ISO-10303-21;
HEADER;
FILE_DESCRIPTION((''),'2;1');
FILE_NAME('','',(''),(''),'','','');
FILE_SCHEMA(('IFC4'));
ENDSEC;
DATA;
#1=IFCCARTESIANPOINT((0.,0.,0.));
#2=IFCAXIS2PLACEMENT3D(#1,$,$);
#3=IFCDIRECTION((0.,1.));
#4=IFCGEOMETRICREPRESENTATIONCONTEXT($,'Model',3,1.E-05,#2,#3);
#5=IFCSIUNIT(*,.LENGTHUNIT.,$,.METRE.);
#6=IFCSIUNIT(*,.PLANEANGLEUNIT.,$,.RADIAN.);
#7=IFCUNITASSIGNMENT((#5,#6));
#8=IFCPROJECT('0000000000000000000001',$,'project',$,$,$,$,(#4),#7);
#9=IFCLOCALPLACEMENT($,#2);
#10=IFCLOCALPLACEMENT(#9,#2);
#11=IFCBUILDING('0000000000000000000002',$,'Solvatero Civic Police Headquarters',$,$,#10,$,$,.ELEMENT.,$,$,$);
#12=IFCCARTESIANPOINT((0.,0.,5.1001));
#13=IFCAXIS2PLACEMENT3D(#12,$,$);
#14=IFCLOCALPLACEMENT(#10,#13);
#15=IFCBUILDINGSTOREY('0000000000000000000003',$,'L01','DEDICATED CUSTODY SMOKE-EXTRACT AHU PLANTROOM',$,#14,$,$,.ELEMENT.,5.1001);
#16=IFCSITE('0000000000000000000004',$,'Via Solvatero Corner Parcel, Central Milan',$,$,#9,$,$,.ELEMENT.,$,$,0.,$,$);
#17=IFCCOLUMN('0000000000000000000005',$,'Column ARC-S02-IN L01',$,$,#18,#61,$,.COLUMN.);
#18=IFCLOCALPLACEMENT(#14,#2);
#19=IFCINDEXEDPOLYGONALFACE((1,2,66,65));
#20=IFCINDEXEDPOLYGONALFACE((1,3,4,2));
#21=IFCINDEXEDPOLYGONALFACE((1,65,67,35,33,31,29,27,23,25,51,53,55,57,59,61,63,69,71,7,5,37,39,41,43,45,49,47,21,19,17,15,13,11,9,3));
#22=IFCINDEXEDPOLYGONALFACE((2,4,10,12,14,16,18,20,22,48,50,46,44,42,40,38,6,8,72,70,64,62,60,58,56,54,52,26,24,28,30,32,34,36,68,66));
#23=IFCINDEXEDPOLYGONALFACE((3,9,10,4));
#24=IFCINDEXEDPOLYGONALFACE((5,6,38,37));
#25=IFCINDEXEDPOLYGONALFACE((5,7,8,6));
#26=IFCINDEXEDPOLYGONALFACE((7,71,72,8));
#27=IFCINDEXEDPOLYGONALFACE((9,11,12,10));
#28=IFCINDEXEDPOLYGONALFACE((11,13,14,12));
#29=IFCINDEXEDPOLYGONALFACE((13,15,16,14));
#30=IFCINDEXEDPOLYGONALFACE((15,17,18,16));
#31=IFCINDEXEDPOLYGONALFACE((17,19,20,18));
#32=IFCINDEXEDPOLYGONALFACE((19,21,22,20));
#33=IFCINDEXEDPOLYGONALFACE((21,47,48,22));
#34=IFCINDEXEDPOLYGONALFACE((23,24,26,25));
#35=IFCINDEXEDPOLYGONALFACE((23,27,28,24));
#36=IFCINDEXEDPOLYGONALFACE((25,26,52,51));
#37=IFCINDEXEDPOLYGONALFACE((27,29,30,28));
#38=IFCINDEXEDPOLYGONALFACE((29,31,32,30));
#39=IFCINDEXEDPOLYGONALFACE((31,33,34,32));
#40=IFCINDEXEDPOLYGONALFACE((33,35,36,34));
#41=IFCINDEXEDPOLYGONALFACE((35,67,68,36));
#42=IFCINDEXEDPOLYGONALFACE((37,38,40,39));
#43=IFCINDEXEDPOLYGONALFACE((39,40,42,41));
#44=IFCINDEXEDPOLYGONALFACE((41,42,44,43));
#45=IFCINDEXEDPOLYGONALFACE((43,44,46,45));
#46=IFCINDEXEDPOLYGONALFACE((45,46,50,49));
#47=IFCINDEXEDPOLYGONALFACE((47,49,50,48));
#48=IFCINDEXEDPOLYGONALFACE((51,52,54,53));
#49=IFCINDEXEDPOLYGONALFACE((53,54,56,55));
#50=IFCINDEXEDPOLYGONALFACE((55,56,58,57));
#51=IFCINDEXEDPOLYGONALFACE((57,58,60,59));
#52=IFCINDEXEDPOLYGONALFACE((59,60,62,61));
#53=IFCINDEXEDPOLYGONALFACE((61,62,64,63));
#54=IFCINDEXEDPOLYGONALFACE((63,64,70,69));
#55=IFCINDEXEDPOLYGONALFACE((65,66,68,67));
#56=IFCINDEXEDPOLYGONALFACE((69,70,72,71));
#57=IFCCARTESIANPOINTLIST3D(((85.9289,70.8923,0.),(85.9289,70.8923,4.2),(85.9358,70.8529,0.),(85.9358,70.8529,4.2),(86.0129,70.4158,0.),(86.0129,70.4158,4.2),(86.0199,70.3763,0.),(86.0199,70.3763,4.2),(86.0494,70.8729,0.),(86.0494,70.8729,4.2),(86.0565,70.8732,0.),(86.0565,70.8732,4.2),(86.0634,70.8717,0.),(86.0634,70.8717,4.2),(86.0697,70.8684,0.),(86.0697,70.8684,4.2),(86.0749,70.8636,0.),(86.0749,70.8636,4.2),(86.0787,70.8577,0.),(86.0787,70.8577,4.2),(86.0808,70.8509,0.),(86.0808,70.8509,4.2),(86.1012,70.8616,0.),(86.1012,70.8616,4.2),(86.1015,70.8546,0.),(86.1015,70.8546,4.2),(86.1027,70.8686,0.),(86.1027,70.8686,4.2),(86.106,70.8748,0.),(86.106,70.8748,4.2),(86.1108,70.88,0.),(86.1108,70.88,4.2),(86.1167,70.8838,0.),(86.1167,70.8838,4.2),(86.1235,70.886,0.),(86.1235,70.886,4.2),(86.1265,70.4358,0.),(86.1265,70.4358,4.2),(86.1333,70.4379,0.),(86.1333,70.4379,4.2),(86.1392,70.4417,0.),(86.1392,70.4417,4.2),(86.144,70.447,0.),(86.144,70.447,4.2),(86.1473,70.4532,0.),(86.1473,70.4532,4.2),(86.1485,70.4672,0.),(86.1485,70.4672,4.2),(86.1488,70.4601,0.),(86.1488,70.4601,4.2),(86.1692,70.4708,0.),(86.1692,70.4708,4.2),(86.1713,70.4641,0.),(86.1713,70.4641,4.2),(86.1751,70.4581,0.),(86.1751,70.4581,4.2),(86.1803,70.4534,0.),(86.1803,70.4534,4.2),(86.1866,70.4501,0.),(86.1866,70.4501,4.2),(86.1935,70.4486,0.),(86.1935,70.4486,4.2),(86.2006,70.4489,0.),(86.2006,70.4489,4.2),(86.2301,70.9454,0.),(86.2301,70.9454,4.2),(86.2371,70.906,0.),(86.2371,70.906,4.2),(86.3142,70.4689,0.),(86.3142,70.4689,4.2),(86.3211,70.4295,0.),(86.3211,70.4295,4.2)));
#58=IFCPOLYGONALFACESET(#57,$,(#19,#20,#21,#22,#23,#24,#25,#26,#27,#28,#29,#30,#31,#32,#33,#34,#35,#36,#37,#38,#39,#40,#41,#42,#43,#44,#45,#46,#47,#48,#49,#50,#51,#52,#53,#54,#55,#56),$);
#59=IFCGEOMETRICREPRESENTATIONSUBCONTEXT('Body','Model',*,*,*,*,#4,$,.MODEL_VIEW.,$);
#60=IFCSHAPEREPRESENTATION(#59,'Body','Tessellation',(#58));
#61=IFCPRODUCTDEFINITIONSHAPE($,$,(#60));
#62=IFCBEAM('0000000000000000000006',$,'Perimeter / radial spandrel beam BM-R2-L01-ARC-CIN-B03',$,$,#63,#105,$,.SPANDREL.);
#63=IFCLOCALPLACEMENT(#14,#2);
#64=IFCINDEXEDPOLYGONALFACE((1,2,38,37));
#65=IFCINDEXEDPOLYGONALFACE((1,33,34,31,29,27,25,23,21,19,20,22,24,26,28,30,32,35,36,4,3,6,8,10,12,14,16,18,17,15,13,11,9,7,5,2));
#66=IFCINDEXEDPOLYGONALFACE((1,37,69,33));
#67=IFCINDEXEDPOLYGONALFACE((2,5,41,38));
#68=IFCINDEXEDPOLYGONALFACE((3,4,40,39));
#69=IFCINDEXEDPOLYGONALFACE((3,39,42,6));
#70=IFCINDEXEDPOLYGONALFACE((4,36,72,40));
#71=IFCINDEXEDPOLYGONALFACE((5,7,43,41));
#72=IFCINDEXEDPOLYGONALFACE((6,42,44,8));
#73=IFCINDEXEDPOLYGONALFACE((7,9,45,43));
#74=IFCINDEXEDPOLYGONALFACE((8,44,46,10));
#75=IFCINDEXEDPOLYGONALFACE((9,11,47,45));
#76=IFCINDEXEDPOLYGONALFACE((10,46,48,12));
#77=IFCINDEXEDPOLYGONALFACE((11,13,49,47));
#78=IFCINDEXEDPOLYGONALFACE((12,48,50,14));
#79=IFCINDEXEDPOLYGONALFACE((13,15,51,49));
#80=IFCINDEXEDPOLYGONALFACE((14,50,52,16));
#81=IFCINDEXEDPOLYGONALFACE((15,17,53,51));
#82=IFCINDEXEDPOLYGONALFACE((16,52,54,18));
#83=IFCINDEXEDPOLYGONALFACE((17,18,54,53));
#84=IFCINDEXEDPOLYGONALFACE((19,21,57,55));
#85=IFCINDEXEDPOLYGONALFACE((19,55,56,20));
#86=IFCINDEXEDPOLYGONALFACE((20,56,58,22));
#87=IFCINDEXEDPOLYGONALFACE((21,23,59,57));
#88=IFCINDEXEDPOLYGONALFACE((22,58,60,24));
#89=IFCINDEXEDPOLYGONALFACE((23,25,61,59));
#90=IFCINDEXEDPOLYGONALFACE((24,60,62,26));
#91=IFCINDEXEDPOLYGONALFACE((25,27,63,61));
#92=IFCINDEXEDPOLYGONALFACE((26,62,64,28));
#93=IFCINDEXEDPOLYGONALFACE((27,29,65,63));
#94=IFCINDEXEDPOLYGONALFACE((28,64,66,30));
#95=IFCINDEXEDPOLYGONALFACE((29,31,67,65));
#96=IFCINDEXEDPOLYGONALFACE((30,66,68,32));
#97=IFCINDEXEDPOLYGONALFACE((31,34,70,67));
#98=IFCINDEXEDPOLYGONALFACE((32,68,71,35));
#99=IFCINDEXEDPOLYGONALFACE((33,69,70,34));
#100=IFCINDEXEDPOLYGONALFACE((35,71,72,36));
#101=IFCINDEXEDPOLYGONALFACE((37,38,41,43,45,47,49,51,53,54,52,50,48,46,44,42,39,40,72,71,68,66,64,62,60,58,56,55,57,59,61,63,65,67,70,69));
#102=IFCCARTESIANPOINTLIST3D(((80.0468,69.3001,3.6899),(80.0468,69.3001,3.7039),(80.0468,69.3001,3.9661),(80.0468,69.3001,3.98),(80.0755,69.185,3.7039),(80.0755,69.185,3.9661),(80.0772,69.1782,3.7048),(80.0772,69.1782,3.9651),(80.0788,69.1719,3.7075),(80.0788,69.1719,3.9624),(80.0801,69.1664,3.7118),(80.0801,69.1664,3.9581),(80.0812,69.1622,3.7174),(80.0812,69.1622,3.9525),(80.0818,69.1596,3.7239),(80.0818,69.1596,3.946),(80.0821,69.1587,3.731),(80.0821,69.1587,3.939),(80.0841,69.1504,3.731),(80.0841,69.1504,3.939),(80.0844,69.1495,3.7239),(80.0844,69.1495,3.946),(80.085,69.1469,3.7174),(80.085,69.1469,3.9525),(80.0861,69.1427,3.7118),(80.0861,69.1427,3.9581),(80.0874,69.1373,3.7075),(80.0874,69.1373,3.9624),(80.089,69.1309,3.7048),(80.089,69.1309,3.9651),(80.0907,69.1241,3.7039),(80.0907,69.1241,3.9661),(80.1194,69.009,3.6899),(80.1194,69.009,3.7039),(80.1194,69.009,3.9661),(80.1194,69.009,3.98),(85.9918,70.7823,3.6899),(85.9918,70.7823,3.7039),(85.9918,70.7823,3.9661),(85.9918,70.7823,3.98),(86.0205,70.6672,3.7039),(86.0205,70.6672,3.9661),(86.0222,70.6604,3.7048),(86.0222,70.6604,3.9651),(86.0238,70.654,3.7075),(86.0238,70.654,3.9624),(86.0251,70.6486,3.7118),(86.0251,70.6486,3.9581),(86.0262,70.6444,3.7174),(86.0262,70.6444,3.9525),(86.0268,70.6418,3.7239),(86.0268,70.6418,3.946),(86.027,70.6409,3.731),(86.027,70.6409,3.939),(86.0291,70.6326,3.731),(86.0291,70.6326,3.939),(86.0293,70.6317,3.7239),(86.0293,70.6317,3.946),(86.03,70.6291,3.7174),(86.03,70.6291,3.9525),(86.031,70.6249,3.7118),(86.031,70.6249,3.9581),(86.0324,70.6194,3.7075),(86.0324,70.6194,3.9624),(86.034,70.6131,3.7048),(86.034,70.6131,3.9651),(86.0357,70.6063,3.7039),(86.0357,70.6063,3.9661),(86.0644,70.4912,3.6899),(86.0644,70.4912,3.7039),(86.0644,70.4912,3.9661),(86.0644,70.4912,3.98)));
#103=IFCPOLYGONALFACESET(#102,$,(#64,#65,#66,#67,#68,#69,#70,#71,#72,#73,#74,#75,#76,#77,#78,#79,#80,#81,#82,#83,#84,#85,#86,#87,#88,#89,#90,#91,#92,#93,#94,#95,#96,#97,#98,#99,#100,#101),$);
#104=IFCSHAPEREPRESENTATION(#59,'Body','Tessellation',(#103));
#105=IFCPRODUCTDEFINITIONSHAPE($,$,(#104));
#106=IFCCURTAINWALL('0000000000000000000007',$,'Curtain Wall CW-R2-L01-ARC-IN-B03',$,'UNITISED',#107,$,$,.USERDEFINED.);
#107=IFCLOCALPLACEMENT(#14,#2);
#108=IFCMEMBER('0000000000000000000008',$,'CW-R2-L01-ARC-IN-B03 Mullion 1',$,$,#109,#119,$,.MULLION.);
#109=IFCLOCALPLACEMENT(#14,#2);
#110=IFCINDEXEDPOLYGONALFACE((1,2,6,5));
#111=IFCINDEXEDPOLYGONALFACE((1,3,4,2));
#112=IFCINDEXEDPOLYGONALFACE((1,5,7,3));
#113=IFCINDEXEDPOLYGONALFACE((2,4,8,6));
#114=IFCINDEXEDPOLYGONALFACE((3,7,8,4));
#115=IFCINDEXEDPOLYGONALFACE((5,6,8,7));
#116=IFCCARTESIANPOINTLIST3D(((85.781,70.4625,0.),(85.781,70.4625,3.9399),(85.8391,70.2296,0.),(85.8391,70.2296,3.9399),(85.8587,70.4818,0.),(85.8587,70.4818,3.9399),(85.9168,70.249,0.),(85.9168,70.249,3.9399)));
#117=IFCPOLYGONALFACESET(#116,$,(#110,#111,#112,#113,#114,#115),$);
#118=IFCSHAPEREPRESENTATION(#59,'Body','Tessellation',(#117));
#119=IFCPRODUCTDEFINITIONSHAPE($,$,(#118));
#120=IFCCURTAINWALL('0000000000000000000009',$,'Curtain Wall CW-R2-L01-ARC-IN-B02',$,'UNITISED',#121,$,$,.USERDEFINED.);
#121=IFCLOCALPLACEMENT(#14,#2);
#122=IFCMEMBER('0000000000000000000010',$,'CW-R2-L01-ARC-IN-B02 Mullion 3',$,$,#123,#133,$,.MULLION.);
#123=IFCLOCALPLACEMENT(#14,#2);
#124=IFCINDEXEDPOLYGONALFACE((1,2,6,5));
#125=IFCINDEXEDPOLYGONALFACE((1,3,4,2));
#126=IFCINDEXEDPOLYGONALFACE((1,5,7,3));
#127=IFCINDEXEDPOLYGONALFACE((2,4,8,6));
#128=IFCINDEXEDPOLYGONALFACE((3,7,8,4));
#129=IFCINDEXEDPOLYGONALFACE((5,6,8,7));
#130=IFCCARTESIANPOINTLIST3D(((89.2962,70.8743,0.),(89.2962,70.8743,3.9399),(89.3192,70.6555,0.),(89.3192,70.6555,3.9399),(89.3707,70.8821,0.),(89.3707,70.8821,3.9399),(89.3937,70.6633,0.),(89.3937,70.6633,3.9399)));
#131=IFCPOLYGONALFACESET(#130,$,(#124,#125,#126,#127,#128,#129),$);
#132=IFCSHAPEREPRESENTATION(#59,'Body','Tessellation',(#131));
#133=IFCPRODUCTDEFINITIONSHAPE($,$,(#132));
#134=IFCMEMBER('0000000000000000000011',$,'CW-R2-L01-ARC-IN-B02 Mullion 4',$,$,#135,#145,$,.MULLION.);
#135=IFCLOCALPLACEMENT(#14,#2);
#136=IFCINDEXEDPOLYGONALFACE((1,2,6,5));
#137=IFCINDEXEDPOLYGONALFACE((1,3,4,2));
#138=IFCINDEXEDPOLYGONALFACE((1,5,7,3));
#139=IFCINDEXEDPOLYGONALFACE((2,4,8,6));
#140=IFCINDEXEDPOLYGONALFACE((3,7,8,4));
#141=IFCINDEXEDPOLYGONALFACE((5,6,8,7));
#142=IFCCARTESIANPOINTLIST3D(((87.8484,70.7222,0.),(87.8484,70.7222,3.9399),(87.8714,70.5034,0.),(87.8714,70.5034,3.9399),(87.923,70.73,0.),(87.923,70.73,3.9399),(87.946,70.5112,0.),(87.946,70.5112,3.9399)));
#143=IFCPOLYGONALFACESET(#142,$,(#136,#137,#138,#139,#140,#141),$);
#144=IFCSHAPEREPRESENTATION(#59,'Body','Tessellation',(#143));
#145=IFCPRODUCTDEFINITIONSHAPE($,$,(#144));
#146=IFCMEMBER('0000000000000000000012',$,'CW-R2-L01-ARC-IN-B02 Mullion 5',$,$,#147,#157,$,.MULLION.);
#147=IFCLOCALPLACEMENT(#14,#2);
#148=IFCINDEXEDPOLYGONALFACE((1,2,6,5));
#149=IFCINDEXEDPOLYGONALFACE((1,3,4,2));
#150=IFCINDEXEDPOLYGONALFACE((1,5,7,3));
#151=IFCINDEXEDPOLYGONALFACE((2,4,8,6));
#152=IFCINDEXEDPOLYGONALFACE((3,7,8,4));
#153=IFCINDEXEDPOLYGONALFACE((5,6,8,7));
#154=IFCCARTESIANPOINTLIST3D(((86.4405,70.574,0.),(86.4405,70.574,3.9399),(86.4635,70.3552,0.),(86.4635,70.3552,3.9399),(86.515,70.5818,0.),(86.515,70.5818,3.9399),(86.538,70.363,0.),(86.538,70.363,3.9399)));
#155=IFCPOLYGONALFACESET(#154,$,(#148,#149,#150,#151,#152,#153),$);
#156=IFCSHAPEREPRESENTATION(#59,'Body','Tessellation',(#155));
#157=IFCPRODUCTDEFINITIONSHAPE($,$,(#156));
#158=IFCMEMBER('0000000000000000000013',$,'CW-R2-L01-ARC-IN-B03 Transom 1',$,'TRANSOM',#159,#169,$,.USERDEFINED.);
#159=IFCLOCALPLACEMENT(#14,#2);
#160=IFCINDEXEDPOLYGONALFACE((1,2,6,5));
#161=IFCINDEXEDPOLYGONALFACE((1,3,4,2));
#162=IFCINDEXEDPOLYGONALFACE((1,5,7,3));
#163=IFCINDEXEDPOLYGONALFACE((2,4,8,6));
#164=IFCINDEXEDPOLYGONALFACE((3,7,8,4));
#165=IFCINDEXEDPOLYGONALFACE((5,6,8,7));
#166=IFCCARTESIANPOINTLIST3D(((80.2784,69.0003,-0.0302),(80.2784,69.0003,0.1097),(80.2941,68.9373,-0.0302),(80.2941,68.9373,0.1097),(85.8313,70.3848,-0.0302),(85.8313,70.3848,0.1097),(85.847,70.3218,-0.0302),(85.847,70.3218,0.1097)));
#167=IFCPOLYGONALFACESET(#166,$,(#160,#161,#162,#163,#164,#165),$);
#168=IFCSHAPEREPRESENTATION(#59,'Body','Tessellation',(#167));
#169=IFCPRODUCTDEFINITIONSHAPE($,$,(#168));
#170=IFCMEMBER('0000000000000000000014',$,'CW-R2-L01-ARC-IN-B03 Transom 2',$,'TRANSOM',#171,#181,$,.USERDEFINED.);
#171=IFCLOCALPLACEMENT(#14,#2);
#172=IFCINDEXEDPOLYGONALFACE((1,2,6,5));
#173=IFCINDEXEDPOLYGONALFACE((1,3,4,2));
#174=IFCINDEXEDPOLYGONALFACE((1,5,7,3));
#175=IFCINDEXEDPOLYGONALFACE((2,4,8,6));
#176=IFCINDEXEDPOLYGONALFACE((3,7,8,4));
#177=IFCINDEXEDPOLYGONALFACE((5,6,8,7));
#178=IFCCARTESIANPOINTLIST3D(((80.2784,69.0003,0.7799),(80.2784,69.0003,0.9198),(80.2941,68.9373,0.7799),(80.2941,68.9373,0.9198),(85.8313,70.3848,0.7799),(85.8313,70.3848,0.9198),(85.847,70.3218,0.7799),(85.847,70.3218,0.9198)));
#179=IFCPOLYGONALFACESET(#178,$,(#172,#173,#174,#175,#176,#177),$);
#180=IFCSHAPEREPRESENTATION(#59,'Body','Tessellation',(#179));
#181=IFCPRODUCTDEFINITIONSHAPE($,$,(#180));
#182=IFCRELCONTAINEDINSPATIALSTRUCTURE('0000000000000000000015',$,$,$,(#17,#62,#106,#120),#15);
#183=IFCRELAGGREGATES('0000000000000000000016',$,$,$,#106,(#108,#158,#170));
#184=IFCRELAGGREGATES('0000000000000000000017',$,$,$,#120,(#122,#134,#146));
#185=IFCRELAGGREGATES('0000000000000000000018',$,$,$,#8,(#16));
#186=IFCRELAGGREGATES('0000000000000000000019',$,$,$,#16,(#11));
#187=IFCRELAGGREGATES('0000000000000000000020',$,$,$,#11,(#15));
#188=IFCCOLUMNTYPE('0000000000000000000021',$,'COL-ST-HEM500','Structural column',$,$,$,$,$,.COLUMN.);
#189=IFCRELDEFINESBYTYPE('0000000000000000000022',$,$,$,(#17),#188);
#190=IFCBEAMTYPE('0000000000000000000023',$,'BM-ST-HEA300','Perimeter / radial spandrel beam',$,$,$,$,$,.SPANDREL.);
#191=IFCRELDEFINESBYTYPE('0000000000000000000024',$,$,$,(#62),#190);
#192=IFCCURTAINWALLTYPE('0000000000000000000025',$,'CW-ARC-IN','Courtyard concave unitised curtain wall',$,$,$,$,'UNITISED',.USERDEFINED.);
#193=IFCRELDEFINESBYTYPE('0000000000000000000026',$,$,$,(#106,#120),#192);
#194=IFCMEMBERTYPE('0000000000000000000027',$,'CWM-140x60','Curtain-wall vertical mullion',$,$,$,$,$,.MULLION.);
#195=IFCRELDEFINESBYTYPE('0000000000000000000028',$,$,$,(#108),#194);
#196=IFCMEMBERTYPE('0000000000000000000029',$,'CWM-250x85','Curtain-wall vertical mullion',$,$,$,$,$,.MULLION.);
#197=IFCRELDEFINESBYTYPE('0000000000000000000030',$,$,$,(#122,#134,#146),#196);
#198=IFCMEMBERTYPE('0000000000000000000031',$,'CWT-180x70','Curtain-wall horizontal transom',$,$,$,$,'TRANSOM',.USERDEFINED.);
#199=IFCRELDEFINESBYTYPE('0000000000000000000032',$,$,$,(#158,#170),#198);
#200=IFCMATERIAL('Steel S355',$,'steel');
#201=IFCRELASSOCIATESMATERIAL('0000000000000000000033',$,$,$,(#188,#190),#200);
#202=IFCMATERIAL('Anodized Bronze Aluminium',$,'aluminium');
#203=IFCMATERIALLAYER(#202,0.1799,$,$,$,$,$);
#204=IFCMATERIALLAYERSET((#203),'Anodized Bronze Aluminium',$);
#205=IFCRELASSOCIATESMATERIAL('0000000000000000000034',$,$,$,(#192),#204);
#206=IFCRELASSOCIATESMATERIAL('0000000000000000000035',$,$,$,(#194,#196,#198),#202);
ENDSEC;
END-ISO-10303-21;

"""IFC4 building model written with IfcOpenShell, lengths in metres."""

from ifc_helpers import new_model, si_unit, direction, frame, origin, origin_2d, place, context, subcontext, project, spatial, rectangle, i_section, extrude, material, layer, layer_set, material_profile, profile_set, type_object, element, aggregate, save


model = new_model("IFC4")

# Units and contexts
model_context = context("Model", 3, precision=1e-05, world=origin(), true_north=direction((0.0, 1.0)))
body_context = subcontext(model_context, "Body", "Model", "MODEL_VIEW")
ifc_project = project(units=[si_unit("LENGTHUNIT", "METRE"), si_unit("PLANEANGLEUNIT", "RADIAN")], contexts=[model_context])

# Site, building, storey
site_placement = place(None, origin())
site = spatial("IfcSite", under=ifc_project, at=site_placement, Name="Via Solvatero Corner Parcel, Central Milan", CompositionType="ELEMENT", RefElevation=0.0)
building_placement = place(site_placement, origin())
building = spatial("IfcBuilding", under=site, at=building_placement, Name="Solvatero Civic Police Headquarters", CompositionType="ELEMENT")
storey_placement = place(building_placement, frame((0.0, 0.0, 5.1001)))
storey = spatial("IfcBuildingStorey", under=building, at=storey_placement, Name="L01", Description="DEDICATED CUSTODY SMOKE-EXTRACT AHU PLANTROOM", CompositionType="ELEMENT", Elevation=5.1001)

# Column
ifc_material_1 = material(Name="Steel S355", Category="steel")
ifc_material_profile_1 = material_profile(ifc_material_1, i_section(OverallWidth=0.3059, OverallDepth=0.5239, WebThickness=0.021, FlangeThickness=0.04, FilletRadius=0.0271, at=origin_2d()), Name="HEM 500")
ifc_profile_set_1 = profile_set([ifc_material_profile_1], Name="Steel S355")
column_type = type_object("IfcColumnType", Name="COL-ST-HEM500", Description="Structural column", PredefinedType="COLUMN", material=ifc_profile_set_1)
column_placement = place(storey_placement, frame((86.125, 70.6609, 0.0), z_axis=(0.0, 0.0, 1.0), x_axis=(0.984808, 0.173648, 0.0)))
element("IfcColumn", 1, at=column_placement, inside=storey, type_object=column_type, Name="Column ARC-S02-IN L01", PredefinedType="COLUMN", context=body_context, shape_type="SweptSolid", body=[
    extrude(i_section(OverallWidth=0.3059, OverallDepth=0.5239, WebThickness=0.021, FlangeThickness=0.04, FilletRadius=0.0271, at=origin_2d()), origin(), (0.0, 0.0, 1.0), 4.2),
])

# Beam
ifc_material_profile_2 = material_profile(ifc_material_1, i_section(OverallWidth=0.3, OverallDepth=0.29, WebThickness=0.0085, FlangeThickness=0.0139, FilletRadius=0.0271, at=origin_2d()), Name="HEA 300")
ifc_profile_set_2 = profile_set([ifc_material_profile_2], Name="Steel S355")
beam_type = type_object("IfcBeamType", Name="BM-ST-HEA300", Description="Perimeter / radial spandrel beam", PredefinedType="SPANDREL", material=ifc_profile_set_2)
beam_placement = place(storey_placement, frame((86.0281, 70.6367, 3.835), z_axis=(-0.970299, -0.241907, 0.0), x_axis=(0.241907, -0.970299, 0.0)))
element("IfcBeam", 2, at=beam_placement, inside=storey, type_object=beam_type, Name="Perimeter / radial spandrel beam BM-R2-L01-ARC-CIN-B03", PredefinedType="SPANDREL", context=body_context, shape_type="SweptSolid", body=[
    extrude(i_section(OverallWidth=0.3, OverallDepth=0.29, WebThickness=0.0085, FlangeThickness=0.0139, FilletRadius=0.0271, at=origin_2d()), origin(), (0.0, 0.0, 1.0), 6.127),
])

# Curtain wall, member
ifc_material_2 = material(Name="Anodized Bronze Aluminium", Category="aluminium")
ifc_layer_1 = layer(ifc_material_2, 0.1799)
ifc_layer_set_1 = layer_set([ifc_layer_1], Name="Anodized Bronze Aluminium")
curtain_wall_type = type_object("IfcCurtainWallType", Name="CW-ARC-IN", Description="Courtyard concave unitised curtain wall", ElementType="UNITISED", PredefinedType="USERDEFINED", material=ifc_layer_set_1)
curtain_wall_1_placement = place(storey_placement, origin())
curtain_wall_1 = element("IfcCurtainWall", 3, at=curtain_wall_1_placement, inside=storey, type_object=curtain_wall_type, Name="Curtain Wall CW-R2-L01-ARC-IN-B03", ObjectType="UNITISED", PredefinedType="USERDEFINED")
ifc_material_profile_3 = material_profile(ifc_material_2, rectangle(XDim=0.0801, YDim=0.24, at=origin_2d()), Name="ALU MULLION 80x240")
ifc_profile_set_3 = profile_set([ifc_material_profile_3], Name="Anodized Bronze Aluminium")
member_type_1 = type_object("IfcMemberType", Name="CWM-140x60", Description="Curtain-wall vertical mullion", PredefinedType="MULLION", material=ifc_profile_set_3)
member_1_placement = place(storey_placement, frame((85.8489, 70.3557, 0.0), z_axis=(0.0, 0.0, 1.0), x_axis=(-0.9703, -0.241905, 0.0)))
member_1 = element("IfcMember", 4, at=member_1_placement, type_object=member_type_1, Name="CW-R2-L01-ARC-IN-B03 Mullion 1", PredefinedType="MULLION", context=body_context, shape_type="SweptSolid", body=[
    extrude(rectangle(XDim=0.0801, YDim=0.24, at=origin_2d()), origin(), (0.0, 0.0, 1.0), 3.9399),
])

# Curtain wall, members
curtain_wall_2_placement = place(storey_placement, origin())
curtain_wall_2 = element("IfcCurtainWall", 5, at=curtain_wall_2_placement, inside=storey, type_object=curtain_wall_type, Name="Curtain Wall CW-R2-L01-ARC-IN-B02", ObjectType="UNITISED", PredefinedType="USERDEFINED")
ifc_material_profile_4 = material_profile(ifc_material_2, rectangle(XDim=0.075, YDim=0.22, at=origin_2d()), Name="ALU MULLION 75x220")
ifc_profile_set_4 = profile_set([ifc_material_profile_4], Name="Anodized Bronze Aluminium")
member_type_2 = type_object("IfcMemberType", Name="CWM-250x85", Description="Curtain-wall vertical mullion", PredefinedType="MULLION", material=ifc_profile_set_4)
member_2_placement = place(storey_placement, frame((89.345, 70.7688, 0.0), z_axis=(0.0, 0.0, 1.0), x_axis=(-0.994522, -0.104528, 0.0)))
member_2 = element("IfcMember", 6, at=member_2_placement, type_object=member_type_2, Name="CW-R2-L01-ARC-IN-B02 Mullion 3", PredefinedType="MULLION", context=body_context, shape_type="SweptSolid", body=[
    extrude(rectangle(XDim=0.075, YDim=0.22, at=origin_2d()), origin(), (0.0, 0.0, 1.0), 3.9399),
])
member_3_placement = place(storey_placement, frame((87.8972, 70.6167, 0.0), z_axis=(0.0, 0.0, 1.0), x_axis=(-0.994522, -0.104528, 0.0)))
member_3 = element("IfcMember", 7, at=member_3_placement, type_object=member_type_2, Name="CW-R2-L01-ARC-IN-B02 Mullion 4", PredefinedType="MULLION", context=body_context, shape_type="SweptSolid", body=[
    extrude(rectangle(XDim=0.075, YDim=0.22, at=origin_2d()), origin(), (0.0, 0.0, 1.0), 3.9399),
])
member_4_placement = place(storey_placement, frame((86.4893, 70.4685, 0.0), z_axis=(0.0, 0.0, 1.0), x_axis=(-0.994522, -0.104528, 0.0)))
member_4 = element("IfcMember", 8, at=member_4_placement, type_object=member_type_2, Name="CW-R2-L01-ARC-IN-B02 Mullion 5", PredefinedType="MULLION", context=body_context, shape_type="SweptSolid", body=[
    extrude(rectangle(XDim=0.075, YDim=0.22, at=origin_2d()), origin(), (0.0, 0.0, 1.0), 3.9399),
])

# Members
ifc_material_profile_5 = material_profile(ifc_material_2, rectangle(XDim=0.0649, YDim=0.1399, at=origin_2d()), Name="ALU TRANSOM 65x140")
ifc_profile_set_5 = profile_set([ifc_material_profile_5], Name="Anodized Bronze Aluminium")
member_type_3 = type_object("IfcMemberType", Name="CWT-180x70", Description="Curtain-wall horizontal transom", ElementType="TRANSOM", PredefinedType="USERDEFINED", material=ifc_profile_set_5)
member_5_placement = place(storey_placement, frame((85.8391, 70.3533, 0.0398), z_axis=(-0.970295, -0.241923, 0.0), x_axis=(0.241923, -0.970295, 0.0)))
member_5 = element("IfcMember", 9, at=member_5_placement, type_object=member_type_3, Name="CW-R2-L01-ARC-IN-B03 Transom 1", ObjectType="TRANSOM", PredefinedType="USERDEFINED", context=body_context, shape_type="SweptSolid", body=[
    extrude(rectangle(XDim=0.0649, YDim=0.1399, at=origin_2d()), origin(), (0.0, 0.0, 1.0), 5.7229),
])
member_6_placement = place(storey_placement, frame((85.8391, 70.3533, 0.8499), z_axis=(-0.970295, -0.241923, 0.0), x_axis=(0.241923, -0.970295, 0.0)))
member_6 = element("IfcMember", 10, at=member_6_placement, type_object=member_type_3, Name="CW-R2-L01-ARC-IN-B03 Transom 2", ObjectType="TRANSOM", PredefinedType="USERDEFINED", context=body_context, shape_type="SweptSolid", body=[
    extrude(rectangle(XDim=0.0649, YDim=0.1399, at=origin_2d()), origin(), (0.0, 0.0, 1.0), 5.7229),
])

aggregate(curtain_wall_1, [member_1, member_5, member_6])
aggregate(curtain_wall_2, [member_2, member_3, member_4])

save(model, "model.ifc")
